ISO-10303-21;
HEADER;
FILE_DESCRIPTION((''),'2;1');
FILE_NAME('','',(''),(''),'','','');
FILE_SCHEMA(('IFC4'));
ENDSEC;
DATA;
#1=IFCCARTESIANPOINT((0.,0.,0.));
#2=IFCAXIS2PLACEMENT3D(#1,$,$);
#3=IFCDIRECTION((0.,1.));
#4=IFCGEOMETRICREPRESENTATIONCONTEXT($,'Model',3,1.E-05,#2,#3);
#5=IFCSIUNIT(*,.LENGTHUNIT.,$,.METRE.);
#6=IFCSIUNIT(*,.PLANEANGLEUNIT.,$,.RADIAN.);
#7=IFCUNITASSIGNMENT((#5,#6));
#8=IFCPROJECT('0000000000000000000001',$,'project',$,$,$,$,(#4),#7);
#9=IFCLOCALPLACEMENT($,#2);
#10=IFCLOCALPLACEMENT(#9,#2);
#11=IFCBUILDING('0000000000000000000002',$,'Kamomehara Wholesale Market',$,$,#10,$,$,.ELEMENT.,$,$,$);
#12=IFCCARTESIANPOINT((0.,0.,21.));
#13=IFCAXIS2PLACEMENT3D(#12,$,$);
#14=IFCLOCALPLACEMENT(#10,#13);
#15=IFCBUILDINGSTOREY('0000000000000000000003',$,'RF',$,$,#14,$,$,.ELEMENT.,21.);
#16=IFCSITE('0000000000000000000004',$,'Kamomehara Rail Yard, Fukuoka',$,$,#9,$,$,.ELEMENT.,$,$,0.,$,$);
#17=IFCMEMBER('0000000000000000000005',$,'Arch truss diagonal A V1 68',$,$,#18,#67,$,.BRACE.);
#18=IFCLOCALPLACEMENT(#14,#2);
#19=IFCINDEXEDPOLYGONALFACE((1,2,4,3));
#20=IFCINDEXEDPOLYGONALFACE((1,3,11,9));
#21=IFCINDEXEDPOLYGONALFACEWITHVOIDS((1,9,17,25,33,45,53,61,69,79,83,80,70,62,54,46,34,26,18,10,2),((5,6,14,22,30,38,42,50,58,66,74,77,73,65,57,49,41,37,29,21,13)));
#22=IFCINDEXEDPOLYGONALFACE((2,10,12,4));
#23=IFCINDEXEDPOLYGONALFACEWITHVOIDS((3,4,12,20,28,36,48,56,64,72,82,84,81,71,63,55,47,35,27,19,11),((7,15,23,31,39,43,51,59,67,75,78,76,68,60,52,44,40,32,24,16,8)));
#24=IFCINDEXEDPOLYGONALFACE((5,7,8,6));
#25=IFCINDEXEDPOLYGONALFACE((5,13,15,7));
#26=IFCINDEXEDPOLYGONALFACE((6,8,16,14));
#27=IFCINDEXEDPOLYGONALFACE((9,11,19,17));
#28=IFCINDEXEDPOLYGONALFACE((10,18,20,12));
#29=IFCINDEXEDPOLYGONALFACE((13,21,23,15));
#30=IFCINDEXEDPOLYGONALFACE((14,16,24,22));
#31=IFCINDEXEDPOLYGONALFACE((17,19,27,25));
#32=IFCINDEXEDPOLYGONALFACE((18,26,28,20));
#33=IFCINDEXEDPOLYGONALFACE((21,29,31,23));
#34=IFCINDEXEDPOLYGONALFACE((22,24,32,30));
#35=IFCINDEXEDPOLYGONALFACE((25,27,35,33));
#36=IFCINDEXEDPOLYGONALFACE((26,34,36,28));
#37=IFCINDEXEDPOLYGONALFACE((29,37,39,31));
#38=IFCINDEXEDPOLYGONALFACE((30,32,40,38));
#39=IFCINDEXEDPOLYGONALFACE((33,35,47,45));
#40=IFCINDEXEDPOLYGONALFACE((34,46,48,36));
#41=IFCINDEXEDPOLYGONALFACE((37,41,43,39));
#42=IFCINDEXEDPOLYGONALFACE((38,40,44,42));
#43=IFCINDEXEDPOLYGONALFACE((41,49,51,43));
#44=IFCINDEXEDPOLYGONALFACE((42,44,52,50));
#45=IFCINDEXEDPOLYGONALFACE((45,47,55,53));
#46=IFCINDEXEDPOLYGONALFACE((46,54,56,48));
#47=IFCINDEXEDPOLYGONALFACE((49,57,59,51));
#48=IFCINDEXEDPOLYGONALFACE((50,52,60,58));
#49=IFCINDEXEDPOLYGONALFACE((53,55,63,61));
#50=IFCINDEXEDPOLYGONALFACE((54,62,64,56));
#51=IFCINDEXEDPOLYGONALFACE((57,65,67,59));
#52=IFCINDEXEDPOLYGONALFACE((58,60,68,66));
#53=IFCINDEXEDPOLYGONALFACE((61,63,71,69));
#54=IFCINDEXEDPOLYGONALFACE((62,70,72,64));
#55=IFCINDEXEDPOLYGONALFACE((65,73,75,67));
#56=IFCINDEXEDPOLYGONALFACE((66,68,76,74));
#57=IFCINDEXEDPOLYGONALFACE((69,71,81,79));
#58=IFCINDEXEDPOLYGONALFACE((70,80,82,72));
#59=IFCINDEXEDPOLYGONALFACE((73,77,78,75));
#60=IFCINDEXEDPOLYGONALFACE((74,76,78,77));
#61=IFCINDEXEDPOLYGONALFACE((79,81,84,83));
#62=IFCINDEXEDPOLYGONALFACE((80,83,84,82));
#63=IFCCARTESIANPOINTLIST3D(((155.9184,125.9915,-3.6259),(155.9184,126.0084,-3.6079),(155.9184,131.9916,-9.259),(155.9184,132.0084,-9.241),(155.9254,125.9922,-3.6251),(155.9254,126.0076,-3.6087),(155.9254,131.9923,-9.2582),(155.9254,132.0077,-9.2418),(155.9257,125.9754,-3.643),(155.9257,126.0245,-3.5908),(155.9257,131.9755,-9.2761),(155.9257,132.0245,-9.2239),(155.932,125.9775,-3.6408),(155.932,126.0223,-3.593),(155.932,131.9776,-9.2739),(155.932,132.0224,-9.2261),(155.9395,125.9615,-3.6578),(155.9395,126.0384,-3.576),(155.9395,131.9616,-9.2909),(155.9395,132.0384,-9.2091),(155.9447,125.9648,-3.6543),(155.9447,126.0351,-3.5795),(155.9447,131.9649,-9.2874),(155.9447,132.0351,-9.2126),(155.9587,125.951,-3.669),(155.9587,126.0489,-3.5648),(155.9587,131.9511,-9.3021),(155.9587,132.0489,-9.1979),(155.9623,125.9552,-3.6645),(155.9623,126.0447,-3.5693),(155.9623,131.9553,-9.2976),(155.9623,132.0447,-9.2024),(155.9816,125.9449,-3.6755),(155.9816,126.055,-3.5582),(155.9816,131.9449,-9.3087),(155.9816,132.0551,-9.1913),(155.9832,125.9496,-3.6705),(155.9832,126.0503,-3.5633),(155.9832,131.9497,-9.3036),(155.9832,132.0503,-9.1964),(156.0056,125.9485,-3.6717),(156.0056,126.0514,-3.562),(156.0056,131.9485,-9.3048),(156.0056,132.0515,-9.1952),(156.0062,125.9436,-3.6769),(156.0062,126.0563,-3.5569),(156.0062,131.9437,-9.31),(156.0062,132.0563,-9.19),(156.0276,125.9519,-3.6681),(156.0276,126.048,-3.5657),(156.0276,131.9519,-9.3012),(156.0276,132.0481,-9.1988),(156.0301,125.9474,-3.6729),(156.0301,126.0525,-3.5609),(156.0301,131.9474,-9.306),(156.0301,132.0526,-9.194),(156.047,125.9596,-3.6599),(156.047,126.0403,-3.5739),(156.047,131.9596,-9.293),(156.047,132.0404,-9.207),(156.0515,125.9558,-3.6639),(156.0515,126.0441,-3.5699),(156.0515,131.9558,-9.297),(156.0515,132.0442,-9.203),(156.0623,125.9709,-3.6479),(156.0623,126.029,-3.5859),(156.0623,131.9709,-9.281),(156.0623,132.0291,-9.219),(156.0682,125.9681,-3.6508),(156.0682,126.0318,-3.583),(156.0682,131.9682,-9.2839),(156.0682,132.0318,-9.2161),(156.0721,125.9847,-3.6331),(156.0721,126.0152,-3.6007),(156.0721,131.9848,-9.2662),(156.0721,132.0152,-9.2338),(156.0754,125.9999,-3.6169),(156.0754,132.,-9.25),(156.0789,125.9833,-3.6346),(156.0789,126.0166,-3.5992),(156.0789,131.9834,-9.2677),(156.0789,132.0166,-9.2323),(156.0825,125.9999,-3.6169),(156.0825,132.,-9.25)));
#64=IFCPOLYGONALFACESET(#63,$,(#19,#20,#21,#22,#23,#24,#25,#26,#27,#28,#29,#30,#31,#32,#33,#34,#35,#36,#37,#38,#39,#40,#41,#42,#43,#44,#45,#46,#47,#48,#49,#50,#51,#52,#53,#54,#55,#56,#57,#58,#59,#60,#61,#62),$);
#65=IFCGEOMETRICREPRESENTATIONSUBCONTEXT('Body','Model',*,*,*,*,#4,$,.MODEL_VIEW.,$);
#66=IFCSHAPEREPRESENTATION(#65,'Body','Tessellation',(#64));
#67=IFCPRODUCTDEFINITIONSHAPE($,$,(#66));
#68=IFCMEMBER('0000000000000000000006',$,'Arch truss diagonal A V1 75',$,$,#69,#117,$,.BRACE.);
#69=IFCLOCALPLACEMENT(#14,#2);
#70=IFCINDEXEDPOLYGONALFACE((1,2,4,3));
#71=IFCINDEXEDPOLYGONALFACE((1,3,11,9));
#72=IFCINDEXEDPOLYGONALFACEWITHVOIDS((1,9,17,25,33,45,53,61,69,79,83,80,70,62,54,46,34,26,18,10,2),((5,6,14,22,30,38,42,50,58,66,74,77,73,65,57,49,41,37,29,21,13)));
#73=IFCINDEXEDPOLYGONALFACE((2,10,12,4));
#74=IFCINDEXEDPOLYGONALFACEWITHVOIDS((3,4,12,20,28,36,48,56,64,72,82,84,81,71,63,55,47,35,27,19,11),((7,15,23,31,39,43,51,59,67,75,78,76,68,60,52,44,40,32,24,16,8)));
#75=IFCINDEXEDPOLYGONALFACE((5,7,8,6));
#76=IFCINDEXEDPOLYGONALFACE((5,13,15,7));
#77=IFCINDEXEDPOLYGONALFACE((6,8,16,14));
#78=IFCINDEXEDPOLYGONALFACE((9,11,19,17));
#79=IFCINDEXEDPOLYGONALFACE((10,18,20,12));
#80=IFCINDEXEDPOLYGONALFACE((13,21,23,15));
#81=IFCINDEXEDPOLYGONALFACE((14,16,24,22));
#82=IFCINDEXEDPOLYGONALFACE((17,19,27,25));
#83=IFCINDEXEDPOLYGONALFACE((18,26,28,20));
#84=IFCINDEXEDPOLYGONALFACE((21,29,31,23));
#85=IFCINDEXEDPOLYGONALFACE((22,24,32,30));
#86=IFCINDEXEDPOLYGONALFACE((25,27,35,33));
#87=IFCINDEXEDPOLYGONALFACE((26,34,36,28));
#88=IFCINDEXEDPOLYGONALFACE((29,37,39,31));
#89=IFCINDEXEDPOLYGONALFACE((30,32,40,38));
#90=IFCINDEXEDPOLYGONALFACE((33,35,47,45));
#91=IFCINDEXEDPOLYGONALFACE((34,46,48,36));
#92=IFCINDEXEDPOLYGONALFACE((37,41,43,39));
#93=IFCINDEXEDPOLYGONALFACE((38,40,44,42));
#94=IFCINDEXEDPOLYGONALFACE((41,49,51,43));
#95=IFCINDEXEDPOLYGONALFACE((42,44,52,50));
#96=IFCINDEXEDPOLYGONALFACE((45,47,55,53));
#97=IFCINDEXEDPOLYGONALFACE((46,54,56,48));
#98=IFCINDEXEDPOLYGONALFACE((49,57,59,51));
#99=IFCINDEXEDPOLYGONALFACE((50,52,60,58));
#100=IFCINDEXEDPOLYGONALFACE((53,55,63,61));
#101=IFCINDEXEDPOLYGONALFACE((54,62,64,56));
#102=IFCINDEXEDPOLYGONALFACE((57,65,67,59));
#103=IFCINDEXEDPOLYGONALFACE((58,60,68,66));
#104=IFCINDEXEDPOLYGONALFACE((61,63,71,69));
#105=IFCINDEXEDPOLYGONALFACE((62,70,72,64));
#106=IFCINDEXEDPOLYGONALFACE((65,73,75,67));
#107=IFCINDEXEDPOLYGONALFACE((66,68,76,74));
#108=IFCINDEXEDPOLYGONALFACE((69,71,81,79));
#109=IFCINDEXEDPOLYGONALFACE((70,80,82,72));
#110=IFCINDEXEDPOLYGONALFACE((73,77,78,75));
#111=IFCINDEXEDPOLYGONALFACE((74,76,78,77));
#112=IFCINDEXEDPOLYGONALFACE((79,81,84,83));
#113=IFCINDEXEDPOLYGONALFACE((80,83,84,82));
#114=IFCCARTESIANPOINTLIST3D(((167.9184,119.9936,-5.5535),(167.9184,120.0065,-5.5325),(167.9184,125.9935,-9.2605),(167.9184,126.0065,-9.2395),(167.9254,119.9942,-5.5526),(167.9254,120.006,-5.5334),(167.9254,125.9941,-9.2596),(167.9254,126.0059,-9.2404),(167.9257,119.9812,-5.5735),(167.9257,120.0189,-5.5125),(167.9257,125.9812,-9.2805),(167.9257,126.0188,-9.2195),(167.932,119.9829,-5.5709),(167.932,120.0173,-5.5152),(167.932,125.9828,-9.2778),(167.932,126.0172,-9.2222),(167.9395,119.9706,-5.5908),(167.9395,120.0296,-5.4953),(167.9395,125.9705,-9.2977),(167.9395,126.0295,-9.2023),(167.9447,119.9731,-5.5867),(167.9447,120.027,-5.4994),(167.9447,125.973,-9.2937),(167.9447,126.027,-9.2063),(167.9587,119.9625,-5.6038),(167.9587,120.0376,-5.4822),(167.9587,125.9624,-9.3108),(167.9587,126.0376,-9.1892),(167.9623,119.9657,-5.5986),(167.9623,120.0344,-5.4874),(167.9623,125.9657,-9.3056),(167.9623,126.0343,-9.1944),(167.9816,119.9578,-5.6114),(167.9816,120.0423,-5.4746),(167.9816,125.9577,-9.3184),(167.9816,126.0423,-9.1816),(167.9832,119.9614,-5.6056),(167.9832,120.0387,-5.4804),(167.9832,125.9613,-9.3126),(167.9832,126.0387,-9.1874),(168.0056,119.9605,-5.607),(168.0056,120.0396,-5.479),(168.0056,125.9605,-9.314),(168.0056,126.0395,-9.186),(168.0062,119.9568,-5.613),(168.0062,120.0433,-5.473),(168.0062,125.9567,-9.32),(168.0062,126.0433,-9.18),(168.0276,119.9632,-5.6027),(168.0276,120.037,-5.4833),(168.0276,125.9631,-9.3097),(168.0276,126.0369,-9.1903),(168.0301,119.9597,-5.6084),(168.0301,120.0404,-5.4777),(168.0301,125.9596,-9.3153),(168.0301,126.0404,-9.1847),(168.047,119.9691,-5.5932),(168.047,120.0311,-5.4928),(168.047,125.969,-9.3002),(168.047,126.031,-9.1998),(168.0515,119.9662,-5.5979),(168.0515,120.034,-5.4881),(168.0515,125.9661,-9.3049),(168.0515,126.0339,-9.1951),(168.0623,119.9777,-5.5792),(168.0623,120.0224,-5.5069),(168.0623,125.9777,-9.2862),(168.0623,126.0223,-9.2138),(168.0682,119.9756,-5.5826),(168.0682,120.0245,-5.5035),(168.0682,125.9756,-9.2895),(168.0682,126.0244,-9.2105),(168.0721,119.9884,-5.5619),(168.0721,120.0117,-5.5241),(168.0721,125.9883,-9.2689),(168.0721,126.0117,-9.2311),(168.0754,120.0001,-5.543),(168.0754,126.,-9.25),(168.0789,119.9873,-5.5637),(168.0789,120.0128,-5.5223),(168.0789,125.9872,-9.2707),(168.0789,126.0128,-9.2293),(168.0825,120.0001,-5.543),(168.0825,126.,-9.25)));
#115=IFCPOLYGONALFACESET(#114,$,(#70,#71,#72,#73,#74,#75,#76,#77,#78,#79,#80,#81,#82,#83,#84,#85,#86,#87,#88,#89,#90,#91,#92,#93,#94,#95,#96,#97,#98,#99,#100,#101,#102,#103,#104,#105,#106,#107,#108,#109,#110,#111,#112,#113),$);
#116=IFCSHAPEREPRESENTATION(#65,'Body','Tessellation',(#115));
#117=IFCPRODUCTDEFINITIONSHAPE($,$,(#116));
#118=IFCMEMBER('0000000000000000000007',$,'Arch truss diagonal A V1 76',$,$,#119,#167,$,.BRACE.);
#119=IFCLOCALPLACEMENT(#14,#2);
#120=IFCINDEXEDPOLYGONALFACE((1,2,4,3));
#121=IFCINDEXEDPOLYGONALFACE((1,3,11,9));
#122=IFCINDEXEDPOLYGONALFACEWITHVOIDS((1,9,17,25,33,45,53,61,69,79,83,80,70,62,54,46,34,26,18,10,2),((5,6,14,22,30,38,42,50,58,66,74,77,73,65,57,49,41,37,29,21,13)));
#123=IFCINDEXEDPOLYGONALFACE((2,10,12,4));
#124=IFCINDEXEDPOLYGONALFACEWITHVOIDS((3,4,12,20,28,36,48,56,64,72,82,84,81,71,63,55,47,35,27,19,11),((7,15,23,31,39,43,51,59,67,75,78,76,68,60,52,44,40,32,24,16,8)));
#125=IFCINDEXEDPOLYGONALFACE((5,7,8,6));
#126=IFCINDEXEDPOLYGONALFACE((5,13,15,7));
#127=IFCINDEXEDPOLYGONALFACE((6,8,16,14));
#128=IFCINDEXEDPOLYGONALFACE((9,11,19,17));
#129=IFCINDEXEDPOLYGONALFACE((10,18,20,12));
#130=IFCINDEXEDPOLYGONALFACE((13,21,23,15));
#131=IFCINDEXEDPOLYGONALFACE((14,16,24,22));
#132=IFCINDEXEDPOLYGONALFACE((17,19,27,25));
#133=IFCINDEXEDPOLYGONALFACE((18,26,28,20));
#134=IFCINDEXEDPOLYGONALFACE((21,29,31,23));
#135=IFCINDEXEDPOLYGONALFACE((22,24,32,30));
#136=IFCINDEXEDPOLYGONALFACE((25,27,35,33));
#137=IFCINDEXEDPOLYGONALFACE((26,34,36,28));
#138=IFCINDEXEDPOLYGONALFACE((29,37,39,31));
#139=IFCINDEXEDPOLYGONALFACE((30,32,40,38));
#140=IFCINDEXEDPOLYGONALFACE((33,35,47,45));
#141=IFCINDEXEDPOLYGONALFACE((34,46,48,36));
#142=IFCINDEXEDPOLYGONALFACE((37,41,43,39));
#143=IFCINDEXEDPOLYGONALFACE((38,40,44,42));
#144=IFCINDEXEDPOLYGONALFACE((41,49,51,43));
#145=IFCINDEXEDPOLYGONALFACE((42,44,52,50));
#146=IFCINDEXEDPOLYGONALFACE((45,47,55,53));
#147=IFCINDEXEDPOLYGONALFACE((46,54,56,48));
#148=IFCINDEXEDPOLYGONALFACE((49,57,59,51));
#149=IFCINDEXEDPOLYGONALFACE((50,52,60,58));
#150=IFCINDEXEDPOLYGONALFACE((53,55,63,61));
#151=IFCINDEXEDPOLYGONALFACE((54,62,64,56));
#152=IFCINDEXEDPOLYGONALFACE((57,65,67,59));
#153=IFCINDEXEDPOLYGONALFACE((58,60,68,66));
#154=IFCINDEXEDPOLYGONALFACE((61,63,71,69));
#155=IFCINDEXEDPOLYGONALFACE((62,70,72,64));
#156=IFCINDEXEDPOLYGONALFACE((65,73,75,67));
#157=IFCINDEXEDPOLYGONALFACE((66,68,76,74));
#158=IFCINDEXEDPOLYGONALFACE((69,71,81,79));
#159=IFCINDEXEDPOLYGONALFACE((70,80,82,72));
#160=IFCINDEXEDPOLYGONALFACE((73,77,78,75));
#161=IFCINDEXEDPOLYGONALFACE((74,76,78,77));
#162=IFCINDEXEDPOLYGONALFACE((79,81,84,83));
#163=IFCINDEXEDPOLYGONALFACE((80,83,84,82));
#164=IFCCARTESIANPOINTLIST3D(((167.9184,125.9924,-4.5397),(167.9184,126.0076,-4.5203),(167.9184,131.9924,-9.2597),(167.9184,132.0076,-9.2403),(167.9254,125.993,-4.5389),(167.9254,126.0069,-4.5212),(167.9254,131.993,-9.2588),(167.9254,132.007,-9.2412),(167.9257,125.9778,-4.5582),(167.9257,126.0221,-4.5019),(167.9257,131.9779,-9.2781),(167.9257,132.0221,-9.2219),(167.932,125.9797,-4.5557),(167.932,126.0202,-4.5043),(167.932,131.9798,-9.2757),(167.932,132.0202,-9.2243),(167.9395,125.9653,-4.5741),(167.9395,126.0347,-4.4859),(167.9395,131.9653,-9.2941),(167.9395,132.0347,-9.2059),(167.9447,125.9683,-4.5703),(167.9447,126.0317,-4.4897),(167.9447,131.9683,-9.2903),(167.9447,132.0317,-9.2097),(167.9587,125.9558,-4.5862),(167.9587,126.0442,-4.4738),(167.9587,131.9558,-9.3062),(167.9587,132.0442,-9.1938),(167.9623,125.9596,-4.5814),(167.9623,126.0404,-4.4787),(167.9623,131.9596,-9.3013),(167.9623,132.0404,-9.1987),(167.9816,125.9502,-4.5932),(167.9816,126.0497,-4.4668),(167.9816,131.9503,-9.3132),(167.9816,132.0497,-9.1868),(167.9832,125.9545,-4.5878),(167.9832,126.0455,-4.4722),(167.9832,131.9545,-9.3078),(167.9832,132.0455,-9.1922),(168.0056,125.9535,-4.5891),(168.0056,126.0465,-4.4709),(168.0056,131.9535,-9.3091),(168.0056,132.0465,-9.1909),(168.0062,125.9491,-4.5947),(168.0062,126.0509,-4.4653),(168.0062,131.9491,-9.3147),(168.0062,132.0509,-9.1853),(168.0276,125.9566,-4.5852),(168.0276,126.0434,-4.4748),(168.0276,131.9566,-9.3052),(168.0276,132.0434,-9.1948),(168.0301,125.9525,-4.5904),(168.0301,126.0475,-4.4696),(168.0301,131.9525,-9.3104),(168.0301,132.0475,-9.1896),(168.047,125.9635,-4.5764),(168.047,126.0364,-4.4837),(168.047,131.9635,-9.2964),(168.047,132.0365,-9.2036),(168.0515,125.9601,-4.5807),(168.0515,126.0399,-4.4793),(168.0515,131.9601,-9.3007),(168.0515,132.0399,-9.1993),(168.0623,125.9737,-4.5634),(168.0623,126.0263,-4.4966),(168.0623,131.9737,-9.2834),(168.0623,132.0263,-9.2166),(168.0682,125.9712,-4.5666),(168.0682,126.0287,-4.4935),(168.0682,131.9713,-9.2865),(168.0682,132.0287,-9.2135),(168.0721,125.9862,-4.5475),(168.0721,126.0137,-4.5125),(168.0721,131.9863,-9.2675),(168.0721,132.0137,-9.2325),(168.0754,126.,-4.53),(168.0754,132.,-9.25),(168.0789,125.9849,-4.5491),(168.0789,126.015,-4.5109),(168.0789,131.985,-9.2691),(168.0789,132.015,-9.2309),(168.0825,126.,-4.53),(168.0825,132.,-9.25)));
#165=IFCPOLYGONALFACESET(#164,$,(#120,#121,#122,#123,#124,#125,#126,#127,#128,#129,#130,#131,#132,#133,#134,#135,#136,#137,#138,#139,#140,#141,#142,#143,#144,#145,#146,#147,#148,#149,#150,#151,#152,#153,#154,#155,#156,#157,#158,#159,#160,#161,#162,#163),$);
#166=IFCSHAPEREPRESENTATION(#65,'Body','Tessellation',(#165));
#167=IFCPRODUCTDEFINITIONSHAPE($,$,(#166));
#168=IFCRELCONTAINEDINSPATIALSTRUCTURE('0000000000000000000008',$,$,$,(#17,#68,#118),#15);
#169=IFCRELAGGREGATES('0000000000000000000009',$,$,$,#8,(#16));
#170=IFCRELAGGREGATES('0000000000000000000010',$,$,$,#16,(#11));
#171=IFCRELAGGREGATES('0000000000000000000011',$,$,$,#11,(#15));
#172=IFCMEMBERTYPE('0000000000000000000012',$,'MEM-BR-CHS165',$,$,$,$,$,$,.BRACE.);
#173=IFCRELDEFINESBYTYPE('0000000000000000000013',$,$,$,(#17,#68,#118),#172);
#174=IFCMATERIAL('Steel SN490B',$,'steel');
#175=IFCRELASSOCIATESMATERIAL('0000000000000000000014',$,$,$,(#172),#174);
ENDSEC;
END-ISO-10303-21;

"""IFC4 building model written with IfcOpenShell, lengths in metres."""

from ifc_helpers import new_model, si_unit, direction, frame, origin, origin_2d, place, context, subcontext, project, spatial, hollow_circle, extrude, material, material_profile, profile_set, type_object, element, save


model = new_model("IFC4")

# Units and contexts
model_context = context("Model", 3, precision=1e-05, world=origin(), true_north=direction((0.0, 1.0)))
body_context = subcontext(model_context, "Body", "Model", "MODEL_VIEW")
ifc_project = project(units=[si_unit("LENGTHUNIT", "METRE"), si_unit("PLANEANGLEUNIT", "RADIAN")], contexts=[model_context])

# Site, building, storey
site_placement = place(None, origin())
site = spatial("IfcSite", under=ifc_project, at=site_placement, Name="Kamomehara Rail Yard, Fukuoka", CompositionType="ELEMENT", RefElevation=0.0)
building_placement = place(site_placement, origin())
building = spatial("IfcBuilding", under=site, at=building_placement, Name="Kamomehara Wholesale Market", CompositionType="ELEMENT")
storey_placement = place(building_placement, frame((0.0, 0.0, 21.0)))
storey = spatial("IfcBuildingStorey", under=building, at=storey_placement, Name="RF", CompositionType="ELEMENT", Elevation=21.0)

# Members
ifc_material_1 = material(Name="Steel SN490B", Category="steel")
ifc_material_profile_1 = material_profile(ifc_material_1, hollow_circle(Radius=0.0825, WallThickness=0.0071, at=origin_2d()), Name="CHS-165.2x7.1")
ifc_profile_set_1 = profile_set([ifc_material_profile_1], Name="Steel SN490B")
member_type_1 = type_object("IfcMemberType", Name="MEM-BR-CHS165", PredefinedType="BRACE", material=ifc_profile_set_1)
member_1_placement = place(storey_placement, frame((156.0, 132.0, -9.25), z_axis=(0.0, -0.729049, 0.684462), x_axis=(1.0, 0.0, 0.0)))
element("IfcMember", 1, at=member_1_placement, inside=storey, type_object=member_type_1, Name="Arch truss diagonal A V1 68", PredefinedType="BRACE", context=body_context, shape_type="SweptSolid", body=[
    extrude(hollow_circle(Radius=0.0825, WallThickness=0.0071, at=origin_2d()), origin(), (0.0, 0.0, 1.0), 8.23),
])
member_2_placement = place(storey_placement, frame((168.0, 126.0, -9.25), z_axis=(0.0, -0.850725, 0.525611), x_axis=(1.0, 0.0, 0.0)))
element("IfcMember", 2, at=member_2_placement, inside=storey, type_object=member_type_1, Name="Arch truss diagonal A V1 75", PredefinedType="BRACE", context=body_context, shape_type="SweptSolid", body=[
    extrude(hollow_circle(Radius=0.0825, WallThickness=0.0071, at=origin_2d()), origin(), (0.0, 0.0, 1.0), 7.0527),
])
member_3_placement = place(storey_placement, frame((168.0, 132.0, -9.25), z_axis=(0.0, -0.785956, 0.618282), x_axis=(1.0, 0.0, 0.0)))
element("IfcMember", 3, at=member_3_placement, inside=storey, type_object=member_type_1, Name="Arch truss diagonal A V1 76", PredefinedType="BRACE", context=body_context, shape_type="SweptSolid", body=[
    extrude(hollow_circle(Radius=0.0825, WallThickness=0.0071, at=origin_2d()), origin(), (0.0, 0.0, 1.0), 7.634),
])

save(model, "model.ifc")
